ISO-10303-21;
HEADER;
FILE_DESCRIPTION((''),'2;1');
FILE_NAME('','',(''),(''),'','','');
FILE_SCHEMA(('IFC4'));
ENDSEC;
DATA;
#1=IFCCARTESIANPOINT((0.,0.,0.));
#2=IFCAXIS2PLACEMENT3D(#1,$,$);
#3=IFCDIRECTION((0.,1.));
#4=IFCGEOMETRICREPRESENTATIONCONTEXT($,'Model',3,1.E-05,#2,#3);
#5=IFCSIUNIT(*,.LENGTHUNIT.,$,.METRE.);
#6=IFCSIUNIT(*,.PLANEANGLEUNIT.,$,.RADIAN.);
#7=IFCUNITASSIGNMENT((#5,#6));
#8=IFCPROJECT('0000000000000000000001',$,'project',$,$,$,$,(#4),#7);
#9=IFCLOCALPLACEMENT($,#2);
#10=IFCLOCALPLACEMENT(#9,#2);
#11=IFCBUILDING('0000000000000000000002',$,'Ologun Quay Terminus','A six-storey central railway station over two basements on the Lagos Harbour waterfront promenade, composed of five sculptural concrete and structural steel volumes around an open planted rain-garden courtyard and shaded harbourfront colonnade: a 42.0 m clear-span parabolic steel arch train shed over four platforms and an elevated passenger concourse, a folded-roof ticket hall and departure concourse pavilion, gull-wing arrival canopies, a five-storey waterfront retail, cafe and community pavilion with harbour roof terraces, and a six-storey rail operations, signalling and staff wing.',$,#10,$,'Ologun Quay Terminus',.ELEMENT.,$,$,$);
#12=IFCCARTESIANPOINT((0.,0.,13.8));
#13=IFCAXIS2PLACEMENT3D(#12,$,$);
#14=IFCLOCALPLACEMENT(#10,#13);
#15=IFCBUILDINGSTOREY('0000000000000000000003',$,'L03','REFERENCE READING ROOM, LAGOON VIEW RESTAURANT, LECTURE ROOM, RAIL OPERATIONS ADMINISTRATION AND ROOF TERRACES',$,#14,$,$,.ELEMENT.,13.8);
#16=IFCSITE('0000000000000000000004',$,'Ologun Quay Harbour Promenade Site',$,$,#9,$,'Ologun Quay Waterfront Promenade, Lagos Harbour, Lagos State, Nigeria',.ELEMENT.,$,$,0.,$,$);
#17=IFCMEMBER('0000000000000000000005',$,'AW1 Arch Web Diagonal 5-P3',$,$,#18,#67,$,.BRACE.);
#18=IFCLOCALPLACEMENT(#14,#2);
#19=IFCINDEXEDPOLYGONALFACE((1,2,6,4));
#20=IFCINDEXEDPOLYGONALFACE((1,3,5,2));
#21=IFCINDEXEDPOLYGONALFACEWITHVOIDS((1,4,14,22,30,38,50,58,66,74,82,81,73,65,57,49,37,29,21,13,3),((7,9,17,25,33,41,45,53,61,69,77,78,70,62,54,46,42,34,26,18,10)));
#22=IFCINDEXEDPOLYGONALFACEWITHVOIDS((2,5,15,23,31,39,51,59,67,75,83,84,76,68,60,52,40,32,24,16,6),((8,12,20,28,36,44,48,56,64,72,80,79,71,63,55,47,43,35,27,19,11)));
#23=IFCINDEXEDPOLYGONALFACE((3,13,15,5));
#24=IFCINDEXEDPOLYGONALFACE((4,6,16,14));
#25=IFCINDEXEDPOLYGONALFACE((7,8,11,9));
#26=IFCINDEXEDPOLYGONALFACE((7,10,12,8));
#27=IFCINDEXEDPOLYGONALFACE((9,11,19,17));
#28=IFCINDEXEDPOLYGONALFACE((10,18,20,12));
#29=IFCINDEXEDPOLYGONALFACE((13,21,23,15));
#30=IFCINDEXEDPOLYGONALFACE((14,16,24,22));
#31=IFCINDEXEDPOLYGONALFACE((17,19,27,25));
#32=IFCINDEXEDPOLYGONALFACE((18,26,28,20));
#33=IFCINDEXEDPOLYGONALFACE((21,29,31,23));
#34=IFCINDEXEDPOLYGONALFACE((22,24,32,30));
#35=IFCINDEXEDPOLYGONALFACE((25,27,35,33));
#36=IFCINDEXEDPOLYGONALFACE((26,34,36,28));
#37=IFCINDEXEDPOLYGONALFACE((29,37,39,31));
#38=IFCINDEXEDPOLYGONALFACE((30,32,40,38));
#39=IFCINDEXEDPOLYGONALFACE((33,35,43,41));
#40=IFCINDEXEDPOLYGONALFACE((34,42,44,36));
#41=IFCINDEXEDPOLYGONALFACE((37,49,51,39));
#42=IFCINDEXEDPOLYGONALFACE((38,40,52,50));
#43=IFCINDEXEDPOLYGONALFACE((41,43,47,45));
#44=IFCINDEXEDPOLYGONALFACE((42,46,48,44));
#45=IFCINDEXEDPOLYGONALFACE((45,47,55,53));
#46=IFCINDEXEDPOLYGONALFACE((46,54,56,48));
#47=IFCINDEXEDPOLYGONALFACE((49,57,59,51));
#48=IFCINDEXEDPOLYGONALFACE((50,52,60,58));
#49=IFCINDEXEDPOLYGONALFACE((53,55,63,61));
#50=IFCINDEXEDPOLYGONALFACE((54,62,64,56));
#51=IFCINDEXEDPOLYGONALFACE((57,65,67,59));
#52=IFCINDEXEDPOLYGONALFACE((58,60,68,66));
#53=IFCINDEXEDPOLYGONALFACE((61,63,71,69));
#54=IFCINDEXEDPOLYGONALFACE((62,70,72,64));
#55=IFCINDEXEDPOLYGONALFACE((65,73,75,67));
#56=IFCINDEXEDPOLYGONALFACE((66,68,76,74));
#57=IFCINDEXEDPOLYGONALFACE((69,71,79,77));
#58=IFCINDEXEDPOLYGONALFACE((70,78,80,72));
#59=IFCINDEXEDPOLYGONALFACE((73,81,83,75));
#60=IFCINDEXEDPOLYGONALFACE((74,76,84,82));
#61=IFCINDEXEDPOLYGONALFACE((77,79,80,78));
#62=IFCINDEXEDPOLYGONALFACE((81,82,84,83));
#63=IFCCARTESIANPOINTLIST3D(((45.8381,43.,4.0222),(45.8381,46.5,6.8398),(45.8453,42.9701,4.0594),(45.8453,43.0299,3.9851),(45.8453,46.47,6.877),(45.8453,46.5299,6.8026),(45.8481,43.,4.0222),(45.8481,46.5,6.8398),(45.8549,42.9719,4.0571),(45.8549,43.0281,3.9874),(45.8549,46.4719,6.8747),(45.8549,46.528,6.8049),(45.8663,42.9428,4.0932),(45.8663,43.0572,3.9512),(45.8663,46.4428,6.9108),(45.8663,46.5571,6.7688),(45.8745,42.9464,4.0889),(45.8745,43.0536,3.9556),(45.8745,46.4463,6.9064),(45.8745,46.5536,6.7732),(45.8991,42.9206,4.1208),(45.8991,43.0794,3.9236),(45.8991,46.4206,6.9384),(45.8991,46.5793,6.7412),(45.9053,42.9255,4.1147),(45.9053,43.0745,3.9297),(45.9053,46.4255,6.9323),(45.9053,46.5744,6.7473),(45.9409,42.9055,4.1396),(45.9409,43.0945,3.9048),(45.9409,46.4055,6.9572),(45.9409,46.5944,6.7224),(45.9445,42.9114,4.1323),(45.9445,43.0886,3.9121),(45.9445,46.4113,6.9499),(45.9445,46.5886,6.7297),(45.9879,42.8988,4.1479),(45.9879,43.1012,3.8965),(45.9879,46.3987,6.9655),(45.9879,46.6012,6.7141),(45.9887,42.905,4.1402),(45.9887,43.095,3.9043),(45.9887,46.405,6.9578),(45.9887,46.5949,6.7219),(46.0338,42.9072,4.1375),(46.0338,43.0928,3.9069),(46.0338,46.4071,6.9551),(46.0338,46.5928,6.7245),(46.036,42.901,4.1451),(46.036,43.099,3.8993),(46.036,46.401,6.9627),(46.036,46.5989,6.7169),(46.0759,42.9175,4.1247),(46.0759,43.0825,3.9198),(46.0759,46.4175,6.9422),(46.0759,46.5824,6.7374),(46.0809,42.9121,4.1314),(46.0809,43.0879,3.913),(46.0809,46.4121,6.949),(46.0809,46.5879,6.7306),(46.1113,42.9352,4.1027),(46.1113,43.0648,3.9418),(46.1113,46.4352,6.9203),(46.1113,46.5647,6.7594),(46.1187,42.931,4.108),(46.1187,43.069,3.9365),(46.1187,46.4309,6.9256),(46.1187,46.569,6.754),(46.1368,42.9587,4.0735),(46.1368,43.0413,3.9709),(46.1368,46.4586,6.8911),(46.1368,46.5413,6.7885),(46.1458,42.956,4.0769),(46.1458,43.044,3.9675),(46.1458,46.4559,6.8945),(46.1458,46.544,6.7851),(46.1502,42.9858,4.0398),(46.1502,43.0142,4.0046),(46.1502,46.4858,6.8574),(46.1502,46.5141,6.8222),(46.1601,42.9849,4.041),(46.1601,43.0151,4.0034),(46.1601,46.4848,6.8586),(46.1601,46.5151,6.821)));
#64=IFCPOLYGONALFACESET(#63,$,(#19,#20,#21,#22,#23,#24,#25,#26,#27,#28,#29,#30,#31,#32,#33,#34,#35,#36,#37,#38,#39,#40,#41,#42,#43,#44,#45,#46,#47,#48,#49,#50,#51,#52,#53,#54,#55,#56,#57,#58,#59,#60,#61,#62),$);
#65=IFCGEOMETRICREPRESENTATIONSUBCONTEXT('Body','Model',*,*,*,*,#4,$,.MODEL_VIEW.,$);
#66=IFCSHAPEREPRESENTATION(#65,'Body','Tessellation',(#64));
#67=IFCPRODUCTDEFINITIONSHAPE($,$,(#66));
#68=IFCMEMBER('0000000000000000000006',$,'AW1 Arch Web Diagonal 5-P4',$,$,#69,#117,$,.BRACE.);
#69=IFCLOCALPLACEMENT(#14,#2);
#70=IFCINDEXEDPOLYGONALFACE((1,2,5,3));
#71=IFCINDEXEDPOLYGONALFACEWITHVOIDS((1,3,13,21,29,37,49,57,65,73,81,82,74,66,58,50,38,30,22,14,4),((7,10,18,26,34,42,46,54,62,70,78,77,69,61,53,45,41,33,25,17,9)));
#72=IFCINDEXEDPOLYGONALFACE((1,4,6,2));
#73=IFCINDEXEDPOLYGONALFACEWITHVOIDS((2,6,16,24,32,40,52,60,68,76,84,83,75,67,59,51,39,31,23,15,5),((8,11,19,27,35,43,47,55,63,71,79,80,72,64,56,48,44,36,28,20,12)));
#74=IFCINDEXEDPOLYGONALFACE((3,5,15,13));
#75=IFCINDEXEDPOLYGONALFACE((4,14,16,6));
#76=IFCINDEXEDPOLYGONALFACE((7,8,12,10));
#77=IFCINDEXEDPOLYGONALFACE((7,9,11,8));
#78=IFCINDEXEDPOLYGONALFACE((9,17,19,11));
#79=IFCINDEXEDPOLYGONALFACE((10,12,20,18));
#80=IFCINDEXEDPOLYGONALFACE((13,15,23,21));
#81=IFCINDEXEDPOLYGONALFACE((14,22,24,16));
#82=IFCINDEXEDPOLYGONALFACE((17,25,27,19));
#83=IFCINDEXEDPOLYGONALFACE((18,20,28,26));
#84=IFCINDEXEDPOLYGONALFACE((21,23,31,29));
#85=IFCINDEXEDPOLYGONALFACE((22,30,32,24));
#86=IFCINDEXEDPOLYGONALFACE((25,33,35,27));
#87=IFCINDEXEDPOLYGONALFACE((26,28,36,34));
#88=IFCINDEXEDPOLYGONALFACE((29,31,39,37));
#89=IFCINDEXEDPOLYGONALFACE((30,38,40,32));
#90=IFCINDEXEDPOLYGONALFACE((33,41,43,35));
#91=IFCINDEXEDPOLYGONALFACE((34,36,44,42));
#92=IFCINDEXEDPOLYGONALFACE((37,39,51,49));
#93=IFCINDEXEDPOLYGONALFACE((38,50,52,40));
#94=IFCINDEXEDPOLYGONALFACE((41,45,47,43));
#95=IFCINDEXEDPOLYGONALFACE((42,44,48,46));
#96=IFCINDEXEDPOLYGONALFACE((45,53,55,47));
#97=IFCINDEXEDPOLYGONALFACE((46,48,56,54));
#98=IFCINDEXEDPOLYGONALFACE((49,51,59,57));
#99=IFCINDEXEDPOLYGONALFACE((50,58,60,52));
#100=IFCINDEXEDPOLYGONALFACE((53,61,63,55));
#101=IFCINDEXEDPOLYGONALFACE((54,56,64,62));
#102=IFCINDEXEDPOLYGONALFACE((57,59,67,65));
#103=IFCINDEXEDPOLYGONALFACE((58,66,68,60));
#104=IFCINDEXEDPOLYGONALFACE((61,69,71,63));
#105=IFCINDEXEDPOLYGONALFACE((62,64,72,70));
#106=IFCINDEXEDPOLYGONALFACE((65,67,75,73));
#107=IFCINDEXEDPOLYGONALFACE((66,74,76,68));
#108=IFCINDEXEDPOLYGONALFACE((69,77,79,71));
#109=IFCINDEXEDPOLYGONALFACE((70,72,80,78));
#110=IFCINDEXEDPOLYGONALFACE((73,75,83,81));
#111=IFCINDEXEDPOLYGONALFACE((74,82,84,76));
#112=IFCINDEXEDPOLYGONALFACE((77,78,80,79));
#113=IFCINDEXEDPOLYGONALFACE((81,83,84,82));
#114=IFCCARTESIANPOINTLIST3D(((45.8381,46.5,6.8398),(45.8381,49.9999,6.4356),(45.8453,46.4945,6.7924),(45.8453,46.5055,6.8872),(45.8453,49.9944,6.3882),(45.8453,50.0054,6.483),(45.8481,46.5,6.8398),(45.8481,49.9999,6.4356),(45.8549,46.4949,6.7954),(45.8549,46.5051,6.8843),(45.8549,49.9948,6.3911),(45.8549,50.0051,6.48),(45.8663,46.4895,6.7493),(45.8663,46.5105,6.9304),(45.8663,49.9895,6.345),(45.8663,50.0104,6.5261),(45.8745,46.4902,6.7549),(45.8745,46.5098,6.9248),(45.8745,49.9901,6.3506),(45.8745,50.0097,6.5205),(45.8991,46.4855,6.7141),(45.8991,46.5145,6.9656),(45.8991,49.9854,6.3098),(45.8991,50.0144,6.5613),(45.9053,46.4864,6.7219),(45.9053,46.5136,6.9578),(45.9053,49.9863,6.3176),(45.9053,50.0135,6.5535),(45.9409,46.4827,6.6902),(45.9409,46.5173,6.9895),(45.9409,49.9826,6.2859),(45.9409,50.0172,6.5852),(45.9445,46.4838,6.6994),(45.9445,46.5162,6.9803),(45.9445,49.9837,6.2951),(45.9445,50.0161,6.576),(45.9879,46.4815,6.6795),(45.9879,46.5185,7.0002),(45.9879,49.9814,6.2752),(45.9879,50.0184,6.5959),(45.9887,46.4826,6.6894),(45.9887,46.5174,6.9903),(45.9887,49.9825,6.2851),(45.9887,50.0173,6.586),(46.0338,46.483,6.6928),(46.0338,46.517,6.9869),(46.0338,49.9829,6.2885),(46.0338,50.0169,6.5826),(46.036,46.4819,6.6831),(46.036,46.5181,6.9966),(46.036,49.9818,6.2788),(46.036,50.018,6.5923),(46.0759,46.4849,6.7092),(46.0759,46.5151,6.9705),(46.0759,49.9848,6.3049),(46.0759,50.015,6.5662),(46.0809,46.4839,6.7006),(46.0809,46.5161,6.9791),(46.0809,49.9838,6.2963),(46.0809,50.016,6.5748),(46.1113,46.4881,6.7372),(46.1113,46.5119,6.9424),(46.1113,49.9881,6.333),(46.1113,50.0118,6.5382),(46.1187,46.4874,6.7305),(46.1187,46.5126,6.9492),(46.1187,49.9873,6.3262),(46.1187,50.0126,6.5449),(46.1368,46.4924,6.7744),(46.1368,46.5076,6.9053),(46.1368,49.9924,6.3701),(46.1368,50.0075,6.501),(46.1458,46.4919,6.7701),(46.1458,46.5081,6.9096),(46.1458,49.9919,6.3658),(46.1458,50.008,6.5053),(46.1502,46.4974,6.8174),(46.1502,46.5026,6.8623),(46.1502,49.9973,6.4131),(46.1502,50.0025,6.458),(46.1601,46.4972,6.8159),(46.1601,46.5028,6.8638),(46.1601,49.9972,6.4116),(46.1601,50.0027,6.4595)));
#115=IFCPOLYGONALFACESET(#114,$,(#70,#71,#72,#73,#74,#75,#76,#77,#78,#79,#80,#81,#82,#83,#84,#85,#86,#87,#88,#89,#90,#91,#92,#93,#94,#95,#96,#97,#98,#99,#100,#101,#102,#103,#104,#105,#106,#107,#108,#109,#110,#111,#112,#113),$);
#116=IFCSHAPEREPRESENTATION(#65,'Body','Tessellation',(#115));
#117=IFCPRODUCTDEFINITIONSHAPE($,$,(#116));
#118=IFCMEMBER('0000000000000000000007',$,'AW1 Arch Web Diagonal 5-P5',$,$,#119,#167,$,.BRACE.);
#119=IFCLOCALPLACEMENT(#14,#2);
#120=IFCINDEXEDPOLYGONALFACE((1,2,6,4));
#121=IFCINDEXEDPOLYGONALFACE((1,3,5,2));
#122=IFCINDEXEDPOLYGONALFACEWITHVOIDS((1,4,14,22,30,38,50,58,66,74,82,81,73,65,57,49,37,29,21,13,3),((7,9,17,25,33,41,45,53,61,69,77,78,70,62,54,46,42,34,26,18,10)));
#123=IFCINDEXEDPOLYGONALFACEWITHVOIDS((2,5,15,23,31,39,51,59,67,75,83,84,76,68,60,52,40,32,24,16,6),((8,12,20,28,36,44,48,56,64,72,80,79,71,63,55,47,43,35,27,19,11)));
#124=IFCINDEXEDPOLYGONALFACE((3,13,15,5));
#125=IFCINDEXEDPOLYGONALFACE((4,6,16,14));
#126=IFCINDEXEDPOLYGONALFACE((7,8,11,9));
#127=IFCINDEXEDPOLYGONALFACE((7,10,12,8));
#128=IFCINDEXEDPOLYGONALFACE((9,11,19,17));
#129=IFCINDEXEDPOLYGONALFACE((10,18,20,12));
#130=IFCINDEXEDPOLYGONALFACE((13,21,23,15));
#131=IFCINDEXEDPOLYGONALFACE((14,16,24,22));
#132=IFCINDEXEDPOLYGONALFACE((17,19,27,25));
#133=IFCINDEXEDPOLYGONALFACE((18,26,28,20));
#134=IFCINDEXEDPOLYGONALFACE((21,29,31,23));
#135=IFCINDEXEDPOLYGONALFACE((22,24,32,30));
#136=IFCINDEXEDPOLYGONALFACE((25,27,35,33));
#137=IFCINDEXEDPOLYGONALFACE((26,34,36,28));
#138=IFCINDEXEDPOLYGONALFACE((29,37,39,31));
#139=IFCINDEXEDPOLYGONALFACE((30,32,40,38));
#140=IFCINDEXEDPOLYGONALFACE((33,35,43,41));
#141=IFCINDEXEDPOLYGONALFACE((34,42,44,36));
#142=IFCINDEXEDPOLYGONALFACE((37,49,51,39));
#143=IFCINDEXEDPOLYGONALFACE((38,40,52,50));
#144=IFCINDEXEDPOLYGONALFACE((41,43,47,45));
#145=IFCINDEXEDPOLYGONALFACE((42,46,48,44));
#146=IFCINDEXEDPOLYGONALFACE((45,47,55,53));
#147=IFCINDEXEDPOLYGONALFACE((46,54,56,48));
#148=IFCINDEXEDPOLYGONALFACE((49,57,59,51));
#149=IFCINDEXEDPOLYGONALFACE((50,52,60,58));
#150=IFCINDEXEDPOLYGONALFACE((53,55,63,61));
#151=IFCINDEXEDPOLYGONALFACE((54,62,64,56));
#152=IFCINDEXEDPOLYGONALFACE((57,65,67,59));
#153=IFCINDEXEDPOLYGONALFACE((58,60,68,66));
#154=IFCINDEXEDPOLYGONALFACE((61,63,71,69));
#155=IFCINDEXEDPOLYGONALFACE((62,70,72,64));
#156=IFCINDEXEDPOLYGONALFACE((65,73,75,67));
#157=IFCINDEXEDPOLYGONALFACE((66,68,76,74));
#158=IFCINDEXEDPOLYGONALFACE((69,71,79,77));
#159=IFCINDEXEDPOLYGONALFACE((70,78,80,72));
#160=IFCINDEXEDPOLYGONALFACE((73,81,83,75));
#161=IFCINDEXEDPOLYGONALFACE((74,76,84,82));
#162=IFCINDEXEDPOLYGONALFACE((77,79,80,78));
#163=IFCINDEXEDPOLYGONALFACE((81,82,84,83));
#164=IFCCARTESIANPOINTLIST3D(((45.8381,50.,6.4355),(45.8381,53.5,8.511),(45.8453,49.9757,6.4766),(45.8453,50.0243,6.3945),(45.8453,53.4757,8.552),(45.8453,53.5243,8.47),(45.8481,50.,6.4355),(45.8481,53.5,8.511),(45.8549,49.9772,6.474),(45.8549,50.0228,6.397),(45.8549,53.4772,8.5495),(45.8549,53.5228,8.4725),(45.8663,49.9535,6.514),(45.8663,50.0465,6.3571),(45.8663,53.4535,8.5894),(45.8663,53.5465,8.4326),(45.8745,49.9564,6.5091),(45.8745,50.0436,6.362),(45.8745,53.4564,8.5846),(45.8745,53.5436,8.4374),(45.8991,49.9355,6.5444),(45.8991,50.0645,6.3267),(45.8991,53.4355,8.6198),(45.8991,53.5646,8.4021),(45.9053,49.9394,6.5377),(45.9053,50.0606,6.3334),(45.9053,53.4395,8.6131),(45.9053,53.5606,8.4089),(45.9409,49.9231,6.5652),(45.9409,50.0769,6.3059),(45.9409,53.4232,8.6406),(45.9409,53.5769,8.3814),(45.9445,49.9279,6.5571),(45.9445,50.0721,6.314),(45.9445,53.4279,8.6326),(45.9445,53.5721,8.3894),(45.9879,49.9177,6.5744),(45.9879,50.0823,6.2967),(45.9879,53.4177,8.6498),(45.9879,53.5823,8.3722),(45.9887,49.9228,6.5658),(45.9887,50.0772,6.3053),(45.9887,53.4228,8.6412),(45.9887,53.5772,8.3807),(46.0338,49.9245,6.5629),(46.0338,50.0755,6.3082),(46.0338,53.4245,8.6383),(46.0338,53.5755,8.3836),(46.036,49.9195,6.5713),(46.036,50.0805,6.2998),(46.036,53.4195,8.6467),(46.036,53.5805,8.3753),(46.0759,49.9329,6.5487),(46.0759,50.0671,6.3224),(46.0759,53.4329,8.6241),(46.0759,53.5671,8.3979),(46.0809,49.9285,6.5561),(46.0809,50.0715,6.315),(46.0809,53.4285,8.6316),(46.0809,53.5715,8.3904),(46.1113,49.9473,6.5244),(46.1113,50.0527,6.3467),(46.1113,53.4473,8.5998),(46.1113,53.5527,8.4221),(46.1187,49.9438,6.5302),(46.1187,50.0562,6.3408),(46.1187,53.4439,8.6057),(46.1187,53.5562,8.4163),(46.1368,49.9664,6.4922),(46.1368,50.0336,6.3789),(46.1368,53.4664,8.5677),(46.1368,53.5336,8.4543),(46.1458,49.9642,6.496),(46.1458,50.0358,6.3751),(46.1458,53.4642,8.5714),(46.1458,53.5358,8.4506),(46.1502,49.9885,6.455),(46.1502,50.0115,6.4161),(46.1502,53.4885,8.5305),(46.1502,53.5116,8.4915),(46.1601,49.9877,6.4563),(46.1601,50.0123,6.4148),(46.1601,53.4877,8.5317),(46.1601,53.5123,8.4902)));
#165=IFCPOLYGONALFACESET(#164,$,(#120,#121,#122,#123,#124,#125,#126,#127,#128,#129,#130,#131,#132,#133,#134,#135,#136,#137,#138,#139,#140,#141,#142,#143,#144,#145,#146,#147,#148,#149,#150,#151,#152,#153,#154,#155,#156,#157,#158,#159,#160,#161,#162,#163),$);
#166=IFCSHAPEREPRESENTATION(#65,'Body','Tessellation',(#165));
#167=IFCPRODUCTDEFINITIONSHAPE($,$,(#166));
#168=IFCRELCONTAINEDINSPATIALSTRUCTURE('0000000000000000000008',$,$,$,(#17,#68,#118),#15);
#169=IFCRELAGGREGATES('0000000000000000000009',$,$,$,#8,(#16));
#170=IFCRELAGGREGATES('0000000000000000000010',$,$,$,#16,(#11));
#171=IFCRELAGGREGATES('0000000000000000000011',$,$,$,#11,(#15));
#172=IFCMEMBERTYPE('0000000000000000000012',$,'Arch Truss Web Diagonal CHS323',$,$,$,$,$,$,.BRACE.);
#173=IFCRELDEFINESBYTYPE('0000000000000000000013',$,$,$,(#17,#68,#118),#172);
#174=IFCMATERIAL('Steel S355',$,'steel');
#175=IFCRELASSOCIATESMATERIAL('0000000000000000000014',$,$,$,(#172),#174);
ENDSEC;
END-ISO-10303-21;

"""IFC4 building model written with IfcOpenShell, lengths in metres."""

from ifc_helpers import new_model, si_unit, direction, frame, origin, origin_2d, place, context, subcontext, project, spatial, hollow_circle, extrude, material, material_profile, profile_set, type_object, element, save


model = new_model("IFC4")

# Units and contexts
model_context = context("Model", 3, precision=1e-05, world=origin(), true_north=direction((0.0, 1.0)))
body_context = subcontext(model_context, "Body", "Model", "MODEL_VIEW")
ifc_project = project(units=[si_unit("LENGTHUNIT", "METRE"), si_unit("PLANEANGLEUNIT", "RADIAN")], contexts=[model_context])

# Site, building, storey
site_placement = place(None, origin())
site = spatial("IfcSite", under=ifc_project, at=site_placement, Name="Ologun Quay Harbour Promenade Site", LongName="Ologun Quay Waterfront Promenade, Lagos Harbour, Lagos State, Nigeria", CompositionType="ELEMENT", RefElevation=0.0)
building_placement = place(site_placement, origin())
building = spatial("IfcBuilding", under=site, at=building_placement, Name="Ologun Quay Terminus", Description="A six-storey central railway station over two basements on the Lagos Harbour waterfront promenade, composed of five sculptural concrete and structural steel volumes around an open planted rain-garden courtyard and shaded harbourfront colonnade: a 42.0 m clear-span parabolic steel arch train shed over four platforms and an elevated passenger concourse, a folded-roof ticket hall and departure concourse pavilion, gull-wing arrival canopies, a five-storey waterfront retail, cafe and community pavilion with harbour roof terraces, and a six-storey rail operations, signalling and staff wing.", LongName="Ologun Quay Terminus", CompositionType="ELEMENT")
storey_placement = place(building_placement, frame((0.0, 0.0, 13.8)))
storey = spatial("IfcBuildingStorey", under=building, at=storey_placement, Name="L03", Description="REFERENCE READING ROOM, LAGOON VIEW RESTAURANT, LECTURE ROOM, RAIL OPERATIONS ADMINISTRATION AND ROOF TERRACES", CompositionType="ELEMENT", Elevation=13.8)

# Members
ifc_material_1 = material(Name="Steel S355", Category="steel")
ifc_material_profile_1 = material_profile(ifc_material_1, hollow_circle(Radius=0.1619, WallThickness=0.01, at=origin_2d()), Name="CHS 323.9x10")
ifc_profile_set_1 = profile_set([ifc_material_profile_1], Name="Steel S355")
member_type_1 = type_object("IfcMemberType", Name="Arch Truss Web Diagonal CHS323", PredefinedType="BRACE", material=ifc_profile_set_1)
member_1_placement = place(storey_placement, frame((46.0, 43.0, 4.0222), z_axis=(0.0, 0.778951, 0.627084), x_axis=(-1.0, 0.0, 0.0)))
element("IfcMember", 1, at=member_1_placement, inside=storey, type_object=member_type_1, Name="AW1 Arch Web Diagonal 5-P3", PredefinedType="BRACE", context=body_context, shape_type="SweptSolid", body=[
    extrude(hollow_circle(Radius=0.1619, WallThickness=0.01, at=origin_2d()), origin(), (0.0, 0.0, 1.0), 4.4932),
])
member_2_placement = place(storey_placement, frame((46.0, 46.5, 6.8398), z_axis=(0.0, 0.993394, -0.11475), x_axis=(-1.0, 0.0, 0.0)))
element("IfcMember", 2, at=member_2_placement, inside=storey, type_object=member_type_1, Name="AW1 Arch Web Diagonal 5-P4", PredefinedType="BRACE", context=body_context, shape_type="SweptSolid", body=[
    extrude(hollow_circle(Radius=0.1619, WallThickness=0.01, at=origin_2d()), origin(), (0.0, 0.0, 1.0), 3.5232),
])
member_3_placement = place(storey_placement, frame((46.0, 50.0, 6.4355), z_axis=(0.0, 0.860144, 0.510051), x_axis=(-1.0, 0.0, 0.0)))
element("IfcMember", 3, at=member_3_placement, inside=storey, type_object=member_type_1, Name="AW1 Arch Web Diagonal 5-P5", PredefinedType="BRACE", context=body_context, shape_type="SweptSolid", body=[
    extrude(hollow_circle(Radius=0.1619, WallThickness=0.01, at=origin_2d()), origin(), (0.0, 0.0, 1.0), 4.0691),
])

save(model, "model.ifc")
